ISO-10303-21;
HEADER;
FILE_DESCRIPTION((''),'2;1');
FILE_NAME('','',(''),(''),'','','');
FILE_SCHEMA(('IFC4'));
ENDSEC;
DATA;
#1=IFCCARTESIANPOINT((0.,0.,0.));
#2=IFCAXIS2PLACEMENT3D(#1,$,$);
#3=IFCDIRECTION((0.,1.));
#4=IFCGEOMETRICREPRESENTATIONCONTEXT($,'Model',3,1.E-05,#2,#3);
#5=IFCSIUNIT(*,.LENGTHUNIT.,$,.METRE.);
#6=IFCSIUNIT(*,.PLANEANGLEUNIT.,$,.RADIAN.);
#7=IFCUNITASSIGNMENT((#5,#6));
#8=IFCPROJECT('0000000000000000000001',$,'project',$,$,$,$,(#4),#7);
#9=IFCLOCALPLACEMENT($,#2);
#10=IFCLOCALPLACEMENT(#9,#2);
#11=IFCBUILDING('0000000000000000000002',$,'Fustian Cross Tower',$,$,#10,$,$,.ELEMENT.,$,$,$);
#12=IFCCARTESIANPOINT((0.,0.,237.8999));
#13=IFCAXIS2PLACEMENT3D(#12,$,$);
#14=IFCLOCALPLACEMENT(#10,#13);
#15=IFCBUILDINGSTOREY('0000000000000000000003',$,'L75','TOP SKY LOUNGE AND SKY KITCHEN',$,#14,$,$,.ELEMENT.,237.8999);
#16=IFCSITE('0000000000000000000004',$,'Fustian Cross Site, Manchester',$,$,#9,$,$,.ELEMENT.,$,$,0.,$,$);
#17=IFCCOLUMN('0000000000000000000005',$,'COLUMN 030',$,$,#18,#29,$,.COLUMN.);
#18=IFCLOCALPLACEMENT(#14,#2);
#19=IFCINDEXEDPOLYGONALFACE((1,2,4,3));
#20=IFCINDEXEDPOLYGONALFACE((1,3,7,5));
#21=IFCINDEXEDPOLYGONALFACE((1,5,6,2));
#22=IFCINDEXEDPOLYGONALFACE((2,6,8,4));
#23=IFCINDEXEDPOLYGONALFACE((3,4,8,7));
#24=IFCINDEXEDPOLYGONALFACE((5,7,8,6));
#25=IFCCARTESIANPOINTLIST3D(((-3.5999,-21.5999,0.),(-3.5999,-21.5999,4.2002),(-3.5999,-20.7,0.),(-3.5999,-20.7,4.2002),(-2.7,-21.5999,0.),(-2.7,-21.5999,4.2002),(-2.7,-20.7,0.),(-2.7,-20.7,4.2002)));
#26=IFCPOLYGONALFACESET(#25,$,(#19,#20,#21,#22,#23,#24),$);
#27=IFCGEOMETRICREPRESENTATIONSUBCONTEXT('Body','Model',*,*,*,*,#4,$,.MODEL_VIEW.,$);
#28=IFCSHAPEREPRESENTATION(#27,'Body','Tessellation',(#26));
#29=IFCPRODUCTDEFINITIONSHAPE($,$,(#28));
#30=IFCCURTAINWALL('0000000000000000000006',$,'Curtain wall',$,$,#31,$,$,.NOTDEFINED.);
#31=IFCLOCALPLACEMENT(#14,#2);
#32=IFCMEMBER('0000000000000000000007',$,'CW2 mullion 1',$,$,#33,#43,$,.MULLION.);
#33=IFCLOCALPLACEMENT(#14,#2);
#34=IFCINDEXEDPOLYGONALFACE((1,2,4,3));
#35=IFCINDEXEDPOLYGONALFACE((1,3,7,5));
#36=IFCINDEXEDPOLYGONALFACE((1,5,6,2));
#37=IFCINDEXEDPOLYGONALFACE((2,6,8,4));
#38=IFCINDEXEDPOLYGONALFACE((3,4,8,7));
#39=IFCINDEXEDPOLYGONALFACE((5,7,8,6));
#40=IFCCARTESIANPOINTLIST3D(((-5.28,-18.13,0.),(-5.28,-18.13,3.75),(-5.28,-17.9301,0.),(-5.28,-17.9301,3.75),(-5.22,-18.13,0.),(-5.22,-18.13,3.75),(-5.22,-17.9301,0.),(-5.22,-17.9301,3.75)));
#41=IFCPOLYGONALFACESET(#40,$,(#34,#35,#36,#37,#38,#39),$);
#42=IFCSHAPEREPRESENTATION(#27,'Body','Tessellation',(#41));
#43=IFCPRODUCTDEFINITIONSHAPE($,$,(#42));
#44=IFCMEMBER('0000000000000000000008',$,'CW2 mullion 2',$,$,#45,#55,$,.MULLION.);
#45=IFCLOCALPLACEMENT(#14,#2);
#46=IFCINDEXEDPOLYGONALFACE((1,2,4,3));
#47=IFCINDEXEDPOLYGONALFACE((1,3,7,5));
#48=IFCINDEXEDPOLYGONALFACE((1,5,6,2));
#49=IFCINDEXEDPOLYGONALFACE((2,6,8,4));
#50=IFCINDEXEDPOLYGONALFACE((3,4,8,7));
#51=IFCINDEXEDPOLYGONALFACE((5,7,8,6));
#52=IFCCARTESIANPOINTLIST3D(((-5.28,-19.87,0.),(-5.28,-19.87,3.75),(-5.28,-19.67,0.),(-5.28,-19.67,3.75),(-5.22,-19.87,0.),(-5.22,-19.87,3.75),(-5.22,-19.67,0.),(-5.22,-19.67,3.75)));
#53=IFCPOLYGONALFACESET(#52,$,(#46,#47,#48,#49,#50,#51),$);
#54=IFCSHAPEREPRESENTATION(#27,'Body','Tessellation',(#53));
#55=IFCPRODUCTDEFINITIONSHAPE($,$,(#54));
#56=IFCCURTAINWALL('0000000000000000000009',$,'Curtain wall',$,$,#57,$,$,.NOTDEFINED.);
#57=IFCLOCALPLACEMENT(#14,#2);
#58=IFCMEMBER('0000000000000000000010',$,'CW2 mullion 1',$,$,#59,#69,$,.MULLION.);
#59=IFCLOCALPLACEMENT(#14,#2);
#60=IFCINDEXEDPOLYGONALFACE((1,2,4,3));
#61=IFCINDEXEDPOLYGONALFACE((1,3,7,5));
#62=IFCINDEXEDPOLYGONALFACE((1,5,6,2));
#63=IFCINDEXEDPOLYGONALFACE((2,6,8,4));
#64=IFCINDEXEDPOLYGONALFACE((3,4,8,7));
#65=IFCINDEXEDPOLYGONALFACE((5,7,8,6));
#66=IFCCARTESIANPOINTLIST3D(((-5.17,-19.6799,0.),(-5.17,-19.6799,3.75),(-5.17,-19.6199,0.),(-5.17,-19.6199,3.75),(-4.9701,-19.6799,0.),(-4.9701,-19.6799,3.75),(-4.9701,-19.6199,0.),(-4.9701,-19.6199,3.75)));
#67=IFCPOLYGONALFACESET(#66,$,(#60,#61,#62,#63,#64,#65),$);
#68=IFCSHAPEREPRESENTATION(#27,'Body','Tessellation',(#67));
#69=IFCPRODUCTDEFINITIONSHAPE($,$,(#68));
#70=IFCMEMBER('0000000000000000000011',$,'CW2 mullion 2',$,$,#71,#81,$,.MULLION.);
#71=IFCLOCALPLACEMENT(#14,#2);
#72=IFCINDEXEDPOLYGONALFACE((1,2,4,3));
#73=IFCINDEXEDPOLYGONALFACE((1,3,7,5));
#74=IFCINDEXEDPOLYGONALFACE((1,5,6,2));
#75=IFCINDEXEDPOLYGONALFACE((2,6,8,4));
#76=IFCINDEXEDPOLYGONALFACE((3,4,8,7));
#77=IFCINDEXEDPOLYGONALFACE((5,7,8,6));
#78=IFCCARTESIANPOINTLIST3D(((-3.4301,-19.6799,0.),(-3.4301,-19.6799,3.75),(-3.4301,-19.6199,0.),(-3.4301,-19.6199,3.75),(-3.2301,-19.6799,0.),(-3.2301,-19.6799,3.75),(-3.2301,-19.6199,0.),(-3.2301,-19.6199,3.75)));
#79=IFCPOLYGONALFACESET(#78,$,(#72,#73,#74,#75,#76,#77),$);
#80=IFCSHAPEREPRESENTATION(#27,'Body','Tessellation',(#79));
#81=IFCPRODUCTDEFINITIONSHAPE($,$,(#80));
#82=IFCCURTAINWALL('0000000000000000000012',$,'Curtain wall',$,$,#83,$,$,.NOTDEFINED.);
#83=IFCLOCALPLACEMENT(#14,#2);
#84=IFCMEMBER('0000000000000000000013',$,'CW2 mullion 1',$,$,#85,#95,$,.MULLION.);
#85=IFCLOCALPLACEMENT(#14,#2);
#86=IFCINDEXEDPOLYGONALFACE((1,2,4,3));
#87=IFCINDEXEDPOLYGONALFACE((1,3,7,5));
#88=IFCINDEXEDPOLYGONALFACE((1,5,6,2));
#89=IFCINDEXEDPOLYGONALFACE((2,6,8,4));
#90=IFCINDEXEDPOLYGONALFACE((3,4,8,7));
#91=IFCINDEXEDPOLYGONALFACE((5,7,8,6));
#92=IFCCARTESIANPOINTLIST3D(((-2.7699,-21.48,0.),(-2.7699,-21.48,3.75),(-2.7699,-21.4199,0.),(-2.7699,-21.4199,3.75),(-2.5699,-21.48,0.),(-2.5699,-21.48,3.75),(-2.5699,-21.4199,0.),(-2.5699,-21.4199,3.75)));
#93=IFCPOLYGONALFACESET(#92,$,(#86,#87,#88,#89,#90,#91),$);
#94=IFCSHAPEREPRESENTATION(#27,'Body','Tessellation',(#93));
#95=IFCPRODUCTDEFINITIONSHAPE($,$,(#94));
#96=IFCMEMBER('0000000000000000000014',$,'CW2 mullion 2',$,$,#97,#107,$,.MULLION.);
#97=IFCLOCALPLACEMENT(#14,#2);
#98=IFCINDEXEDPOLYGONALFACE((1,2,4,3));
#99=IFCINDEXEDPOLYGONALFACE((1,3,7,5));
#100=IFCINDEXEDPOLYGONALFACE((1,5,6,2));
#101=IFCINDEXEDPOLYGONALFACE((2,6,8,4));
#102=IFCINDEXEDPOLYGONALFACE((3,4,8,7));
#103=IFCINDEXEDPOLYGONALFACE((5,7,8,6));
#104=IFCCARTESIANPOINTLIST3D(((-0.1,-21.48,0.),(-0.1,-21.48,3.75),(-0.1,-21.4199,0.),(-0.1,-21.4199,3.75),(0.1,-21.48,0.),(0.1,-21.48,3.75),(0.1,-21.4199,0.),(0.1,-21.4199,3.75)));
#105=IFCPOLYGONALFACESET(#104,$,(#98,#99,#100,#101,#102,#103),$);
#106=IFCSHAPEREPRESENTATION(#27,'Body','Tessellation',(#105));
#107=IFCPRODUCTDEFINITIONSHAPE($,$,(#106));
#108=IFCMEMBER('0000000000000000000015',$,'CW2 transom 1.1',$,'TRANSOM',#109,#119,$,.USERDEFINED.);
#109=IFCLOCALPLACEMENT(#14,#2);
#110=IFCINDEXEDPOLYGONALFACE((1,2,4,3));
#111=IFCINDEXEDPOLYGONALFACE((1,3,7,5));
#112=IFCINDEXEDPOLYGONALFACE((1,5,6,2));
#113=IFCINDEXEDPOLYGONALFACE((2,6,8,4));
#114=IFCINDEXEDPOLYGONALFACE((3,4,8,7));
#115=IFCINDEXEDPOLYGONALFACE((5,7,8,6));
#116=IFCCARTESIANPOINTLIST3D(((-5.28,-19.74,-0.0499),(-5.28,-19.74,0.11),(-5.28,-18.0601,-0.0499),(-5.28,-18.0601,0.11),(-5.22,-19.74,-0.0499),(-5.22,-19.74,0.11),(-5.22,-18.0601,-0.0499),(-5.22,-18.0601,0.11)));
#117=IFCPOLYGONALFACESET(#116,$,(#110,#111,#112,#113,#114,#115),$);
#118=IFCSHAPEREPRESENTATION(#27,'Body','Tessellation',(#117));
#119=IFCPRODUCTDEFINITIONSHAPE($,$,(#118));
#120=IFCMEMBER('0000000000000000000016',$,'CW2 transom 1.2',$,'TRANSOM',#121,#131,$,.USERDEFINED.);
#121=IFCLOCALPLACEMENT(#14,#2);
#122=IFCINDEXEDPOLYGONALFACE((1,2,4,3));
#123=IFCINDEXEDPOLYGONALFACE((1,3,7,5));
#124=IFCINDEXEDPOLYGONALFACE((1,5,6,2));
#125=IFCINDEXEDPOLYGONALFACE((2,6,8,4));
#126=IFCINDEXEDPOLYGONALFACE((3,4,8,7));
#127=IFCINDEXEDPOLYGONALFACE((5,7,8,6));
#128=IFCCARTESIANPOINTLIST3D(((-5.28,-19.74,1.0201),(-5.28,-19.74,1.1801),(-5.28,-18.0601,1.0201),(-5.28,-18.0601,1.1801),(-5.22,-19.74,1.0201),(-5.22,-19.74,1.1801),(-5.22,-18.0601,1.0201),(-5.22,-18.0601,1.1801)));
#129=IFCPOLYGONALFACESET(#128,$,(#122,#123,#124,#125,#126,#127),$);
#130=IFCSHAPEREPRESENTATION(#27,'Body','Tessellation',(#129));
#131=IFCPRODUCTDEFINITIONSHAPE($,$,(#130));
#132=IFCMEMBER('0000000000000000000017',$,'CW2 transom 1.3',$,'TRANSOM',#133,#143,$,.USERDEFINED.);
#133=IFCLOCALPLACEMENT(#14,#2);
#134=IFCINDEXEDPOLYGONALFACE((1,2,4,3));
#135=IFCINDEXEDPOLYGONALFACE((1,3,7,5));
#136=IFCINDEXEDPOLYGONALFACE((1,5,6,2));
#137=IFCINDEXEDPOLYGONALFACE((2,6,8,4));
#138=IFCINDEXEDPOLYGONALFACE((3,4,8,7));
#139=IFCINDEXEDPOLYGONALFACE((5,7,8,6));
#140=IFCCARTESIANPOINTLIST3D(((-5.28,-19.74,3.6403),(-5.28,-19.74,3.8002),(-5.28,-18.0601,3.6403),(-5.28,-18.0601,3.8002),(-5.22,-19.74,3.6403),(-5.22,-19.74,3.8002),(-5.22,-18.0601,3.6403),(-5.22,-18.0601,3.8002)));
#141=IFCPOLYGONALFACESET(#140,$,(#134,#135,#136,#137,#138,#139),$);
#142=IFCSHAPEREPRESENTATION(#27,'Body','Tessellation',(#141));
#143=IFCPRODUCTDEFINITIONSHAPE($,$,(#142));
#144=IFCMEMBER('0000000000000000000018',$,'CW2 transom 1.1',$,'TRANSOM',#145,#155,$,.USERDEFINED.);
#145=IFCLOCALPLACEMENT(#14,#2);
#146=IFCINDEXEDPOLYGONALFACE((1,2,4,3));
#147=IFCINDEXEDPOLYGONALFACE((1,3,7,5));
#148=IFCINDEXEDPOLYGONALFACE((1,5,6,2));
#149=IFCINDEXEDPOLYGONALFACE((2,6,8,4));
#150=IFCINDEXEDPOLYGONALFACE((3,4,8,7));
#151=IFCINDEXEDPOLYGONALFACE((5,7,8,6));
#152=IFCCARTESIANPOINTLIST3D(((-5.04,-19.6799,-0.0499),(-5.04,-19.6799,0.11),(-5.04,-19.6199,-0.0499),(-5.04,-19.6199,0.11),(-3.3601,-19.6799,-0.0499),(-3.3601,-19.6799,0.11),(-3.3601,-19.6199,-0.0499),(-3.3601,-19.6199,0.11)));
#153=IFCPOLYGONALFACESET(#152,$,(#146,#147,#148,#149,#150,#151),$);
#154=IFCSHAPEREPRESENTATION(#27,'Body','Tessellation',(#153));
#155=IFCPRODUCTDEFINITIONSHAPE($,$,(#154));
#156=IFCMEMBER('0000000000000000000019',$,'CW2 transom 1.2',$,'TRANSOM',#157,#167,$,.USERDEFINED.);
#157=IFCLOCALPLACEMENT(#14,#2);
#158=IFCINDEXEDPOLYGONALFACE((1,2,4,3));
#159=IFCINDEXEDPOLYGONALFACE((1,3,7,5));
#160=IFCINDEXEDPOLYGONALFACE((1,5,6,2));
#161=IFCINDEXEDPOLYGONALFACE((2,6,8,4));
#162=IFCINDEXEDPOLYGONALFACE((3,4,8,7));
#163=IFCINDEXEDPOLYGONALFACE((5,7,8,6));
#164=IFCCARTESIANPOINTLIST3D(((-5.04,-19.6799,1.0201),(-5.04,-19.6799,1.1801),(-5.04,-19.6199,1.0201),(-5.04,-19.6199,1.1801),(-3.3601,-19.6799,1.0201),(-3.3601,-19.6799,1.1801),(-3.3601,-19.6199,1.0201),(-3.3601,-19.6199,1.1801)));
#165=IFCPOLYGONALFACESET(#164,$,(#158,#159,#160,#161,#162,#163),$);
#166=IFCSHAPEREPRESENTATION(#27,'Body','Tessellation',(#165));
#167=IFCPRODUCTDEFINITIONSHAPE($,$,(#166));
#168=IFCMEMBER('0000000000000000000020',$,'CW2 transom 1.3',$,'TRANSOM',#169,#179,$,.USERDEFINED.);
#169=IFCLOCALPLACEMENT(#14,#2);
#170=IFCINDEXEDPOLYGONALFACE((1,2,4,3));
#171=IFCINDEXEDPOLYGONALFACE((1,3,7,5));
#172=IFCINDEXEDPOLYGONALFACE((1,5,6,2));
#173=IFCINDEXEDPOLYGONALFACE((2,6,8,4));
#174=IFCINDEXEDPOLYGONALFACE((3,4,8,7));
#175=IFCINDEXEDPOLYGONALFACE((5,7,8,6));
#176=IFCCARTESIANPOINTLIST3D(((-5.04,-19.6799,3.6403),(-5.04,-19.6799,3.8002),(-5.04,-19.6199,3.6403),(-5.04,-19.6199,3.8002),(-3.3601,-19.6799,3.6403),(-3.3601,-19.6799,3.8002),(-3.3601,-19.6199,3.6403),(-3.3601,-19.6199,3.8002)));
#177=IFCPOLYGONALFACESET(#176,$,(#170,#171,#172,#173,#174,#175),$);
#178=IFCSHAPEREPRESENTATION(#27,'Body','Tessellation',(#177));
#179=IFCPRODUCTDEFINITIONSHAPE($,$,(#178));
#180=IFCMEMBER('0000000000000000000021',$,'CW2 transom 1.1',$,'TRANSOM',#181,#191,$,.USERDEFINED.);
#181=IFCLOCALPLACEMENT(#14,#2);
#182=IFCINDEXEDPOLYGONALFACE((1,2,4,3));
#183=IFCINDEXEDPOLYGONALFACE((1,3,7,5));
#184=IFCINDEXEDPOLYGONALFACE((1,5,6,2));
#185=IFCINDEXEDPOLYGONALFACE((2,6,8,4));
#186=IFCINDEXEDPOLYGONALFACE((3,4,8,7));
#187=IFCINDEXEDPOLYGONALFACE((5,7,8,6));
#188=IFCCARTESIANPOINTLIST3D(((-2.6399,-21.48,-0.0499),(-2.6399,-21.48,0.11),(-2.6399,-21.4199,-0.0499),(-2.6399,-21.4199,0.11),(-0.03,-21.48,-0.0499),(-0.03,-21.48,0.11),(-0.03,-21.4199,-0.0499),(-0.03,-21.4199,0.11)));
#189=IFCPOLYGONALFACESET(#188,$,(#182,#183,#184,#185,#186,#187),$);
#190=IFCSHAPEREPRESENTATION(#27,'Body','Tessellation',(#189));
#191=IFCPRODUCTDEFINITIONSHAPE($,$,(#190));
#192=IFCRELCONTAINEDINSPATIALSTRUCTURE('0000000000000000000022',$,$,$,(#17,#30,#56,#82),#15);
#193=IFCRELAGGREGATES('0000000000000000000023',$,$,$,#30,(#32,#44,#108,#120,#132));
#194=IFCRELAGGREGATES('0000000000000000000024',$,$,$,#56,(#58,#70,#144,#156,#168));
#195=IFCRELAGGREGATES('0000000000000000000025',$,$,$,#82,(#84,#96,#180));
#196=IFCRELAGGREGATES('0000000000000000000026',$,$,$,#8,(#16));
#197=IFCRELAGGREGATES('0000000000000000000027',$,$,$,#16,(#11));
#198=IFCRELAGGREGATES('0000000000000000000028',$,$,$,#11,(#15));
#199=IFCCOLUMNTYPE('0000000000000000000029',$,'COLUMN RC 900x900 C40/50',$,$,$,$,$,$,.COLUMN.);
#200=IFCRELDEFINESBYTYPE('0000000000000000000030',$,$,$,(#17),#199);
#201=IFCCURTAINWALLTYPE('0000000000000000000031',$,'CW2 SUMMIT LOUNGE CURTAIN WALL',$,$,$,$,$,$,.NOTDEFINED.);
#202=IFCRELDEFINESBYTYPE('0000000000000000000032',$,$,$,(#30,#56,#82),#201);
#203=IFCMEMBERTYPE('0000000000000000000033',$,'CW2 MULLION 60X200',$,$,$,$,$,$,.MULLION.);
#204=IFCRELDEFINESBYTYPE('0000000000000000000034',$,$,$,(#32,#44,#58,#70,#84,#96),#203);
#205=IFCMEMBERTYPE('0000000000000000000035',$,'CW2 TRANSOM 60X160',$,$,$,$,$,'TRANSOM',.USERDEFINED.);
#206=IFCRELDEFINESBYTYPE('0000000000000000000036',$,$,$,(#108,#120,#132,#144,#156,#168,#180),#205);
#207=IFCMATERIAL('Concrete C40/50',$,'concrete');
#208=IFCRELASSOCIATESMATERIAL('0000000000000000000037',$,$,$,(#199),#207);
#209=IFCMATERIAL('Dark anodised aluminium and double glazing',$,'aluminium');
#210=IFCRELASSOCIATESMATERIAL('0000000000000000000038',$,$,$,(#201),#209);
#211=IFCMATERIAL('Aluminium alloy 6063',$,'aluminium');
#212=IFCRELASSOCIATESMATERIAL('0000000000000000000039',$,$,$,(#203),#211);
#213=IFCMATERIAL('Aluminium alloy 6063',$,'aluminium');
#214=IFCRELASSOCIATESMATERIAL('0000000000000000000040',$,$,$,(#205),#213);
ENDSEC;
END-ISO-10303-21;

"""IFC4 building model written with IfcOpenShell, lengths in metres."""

from ifc_helpers import new_model, si_unit, direction, frame, origin, origin_2d, place, context, subcontext, project, spatial, rectangle, extrude, material, material_profile, profile_set, type_object, element, aggregate, save


model = new_model("IFC4")

# Units and contexts
model_context = context("Model", 3, precision=1e-05, world=origin(), true_north=direction((0.0, 1.0)))
body_context = subcontext(model_context, "Body", "Model", "MODEL_VIEW")
ifc_project = project(units=[si_unit("LENGTHUNIT", "METRE"), si_unit("PLANEANGLEUNIT", "RADIAN")], contexts=[model_context])

# Site, building, storey
site_placement = place(None, origin())
site = spatial("IfcSite", under=ifc_project, at=site_placement, Name="Fustian Cross Site, Manchester", CompositionType="ELEMENT", RefElevation=0.0)
building_placement = place(site_placement, origin())
building = spatial("IfcBuilding", under=site, at=building_placement, Name="Fustian Cross Tower", CompositionType="ELEMENT")
storey_placement = place(building_placement, frame((0.0, 0.0, 237.8999)))
storey = spatial("IfcBuildingStorey", under=building, at=storey_placement, Name="L75", Description="TOP SKY LOUNGE AND SKY KITCHEN", CompositionType="ELEMENT", Elevation=237.8999)

# Column
ifc_material_1 = material(Name="Concrete C40/50", Category="concrete")
ifc_material_profile_1 = material_profile(ifc_material_1, rectangle(XDim=0.8999, YDim=0.8999, at=origin_2d()), Name="RC 900x900")
ifc_profile_set_1 = profile_set([ifc_material_profile_1], Name="Concrete C40/50")
column_type = type_object("IfcColumnType", Name="COLUMN RC 900x900 C40/50", PredefinedType="COLUMN", material=ifc_profile_set_1)
column_placement = place(storey_placement, frame((-3.1499, -21.1499, 0.0), z_axis=(0.0, 0.0, 1.0), x_axis=(1.0, 0.0, 0.0)))
element("IfcColumn", 1, at=column_placement, inside=storey, type_object=column_type, Name="COLUMN 030", PredefinedType="COLUMN", context=body_context, shape_type="SweptSolid", body=[
    extrude(rectangle(XDim=0.8999, YDim=0.8999, at=origin_2d()), origin(), (0.0, 0.0, 1.0), 4.2002),
])

# Curtain walls, members
ifc_material_2 = material(Name="Dark anodised aluminium and double glazing", Category="aluminium")
curtain_wall_type = type_object("IfcCurtainWallType", Name="CW2 SUMMIT LOUNGE CURTAIN WALL", PredefinedType="NOTDEFINED", material=ifc_material_2)
curtain_wall_1_placement = place(storey_placement, origin())
curtain_wall_1 = element("IfcCurtainWall", 2, at=curtain_wall_1_placement, inside=storey, type_object=curtain_wall_type, Name="Curtain wall", PredefinedType="NOTDEFINED")
ifc_material_3 = material(Name="Aluminium alloy 6063", Category="aluminium")
ifc_material_profile_2 = material_profile(ifc_material_3, rectangle(XDim=0.0601, YDim=0.2, at=origin_2d()), Name="CW2 MULLION 60X200")
ifc_profile_set_2 = profile_set([ifc_material_profile_2], Name="Aluminium alloy 6063")
member_type_1 = type_object("IfcMemberType", Name="CW2 MULLION 60X200", PredefinedType="MULLION", material=ifc_profile_set_2)
member_1_placement = place(storey_placement, frame((-5.25, -18.03, 0.0), z_axis=(0.0, 0.0, 1.0), x_axis=(1.0, 0.0, 0.0)))
member_1 = element("IfcMember", 3, at=member_1_placement, type_object=member_type_1, Name="CW2 mullion 1", PredefinedType="MULLION", context=body_context, shape_type="SweptSolid", body=[
    extrude(rectangle(XDim=0.0601, YDim=0.2, at=origin_2d()), origin(), (0.0, 0.0, 1.0), 3.75),
])
member_2_placement = place(storey_placement, frame((-5.25, -19.77, 0.0), z_axis=(0.0, 0.0, 1.0), x_axis=(1.0, 0.0, 0.0)))
member_2 = element("IfcMember", 4, at=member_2_placement, type_object=member_type_1, Name="CW2 mullion 2", PredefinedType="MULLION", context=body_context, shape_type="SweptSolid", body=[
    extrude(rectangle(XDim=0.0601, YDim=0.2, at=origin_2d()), origin(), (0.0, 0.0, 1.0), 3.75),
])
curtain_wall_2_placement = place(storey_placement, origin())
curtain_wall_2 = element("IfcCurtainWall", 5, at=curtain_wall_2_placement, inside=storey, type_object=curtain_wall_type, Name="Curtain wall", PredefinedType="NOTDEFINED")
member_3_placement = place(storey_placement, frame((-5.0701, -19.6499, 0.0), z_axis=(0.0, 0.0, 1.0), x_axis=(0.0, 1.0, 0.0)))
member_3 = element("IfcMember", 6, at=member_3_placement, type_object=member_type_1, Name="CW2 mullion 1", PredefinedType="MULLION", context=body_context, shape_type="SweptSolid", body=[
    extrude(rectangle(XDim=0.0601, YDim=0.2, at=origin_2d()), origin(), (0.0, 0.0, 1.0), 3.75),
])
member_4_placement = place(storey_placement, frame((-3.3301, -19.6499, 0.0), z_axis=(0.0, 0.0, 1.0), x_axis=(0.0, 1.0, 0.0)))
member_4 = element("IfcMember", 7, at=member_4_placement, type_object=member_type_1, Name="CW2 mullion 2", PredefinedType="MULLION", context=body_context, shape_type="SweptSolid", body=[
    extrude(rectangle(XDim=0.0601, YDim=0.2, at=origin_2d()), origin(), (0.0, 0.0, 1.0), 3.75),
])
curtain_wall_3_placement = place(storey_placement, origin())
curtain_wall_3 = element("IfcCurtainWall", 8, at=curtain_wall_3_placement, inside=storey, type_object=curtain_wall_type, Name="Curtain wall", PredefinedType="NOTDEFINED")
member_5_placement = place(storey_placement, frame((-2.6699, -21.45, 0.0), z_axis=(0.0, 0.0, 1.0), x_axis=(0.0, 1.0, 0.0)))
member_5 = element("IfcMember", 9, at=member_5_placement, type_object=member_type_1, Name="CW2 mullion 1", PredefinedType="MULLION", context=body_context, shape_type="SweptSolid", body=[
    extrude(rectangle(XDim=0.0601, YDim=0.2, at=origin_2d()), origin(), (0.0, 0.0, 1.0), 3.75),
])
member_6_placement = place(storey_placement, frame((0.0, -21.45, 0.0), z_axis=(0.0, 0.0, 1.0), x_axis=(0.0, 1.0, 0.0)))
member_6 = element("IfcMember", 10, at=member_6_placement, type_object=member_type_1, Name="CW2 mullion 2", PredefinedType="MULLION", context=body_context, shape_type="SweptSolid", body=[
    extrude(rectangle(XDim=0.0601, YDim=0.2, at=origin_2d()), origin(), (0.0, 0.0, 1.0), 3.75),
])

# Members
ifc_material_4 = material(Name="Aluminium alloy 6063", Category="aluminium")
ifc_material_profile_3 = material_profile(ifc_material_4, rectangle(XDim=0.0601, YDim=0.1599, at=origin_2d()), Name="CW2 TRANSOM 60X160")
ifc_profile_set_3 = profile_set([ifc_material_profile_3], Name="Aluminium alloy 6063")
member_type_2 = type_object("IfcMemberType", Name="CW2 TRANSOM 60X160", ElementType="TRANSOM", PredefinedType="USERDEFINED", material=ifc_profile_set_3)
member_7_placement = place(storey_placement, frame((-5.25, -18.0601, 0.03), z_axis=(0.0, -1.0, 0.0), x_axis=(1.0, 0.0, 0.0)))
member_7 = element("IfcMember", 11, at=member_7_placement, type_object=member_type_2, Name="CW2 transom 1.1", ObjectType="TRANSOM", PredefinedType="USERDEFINED", context=body_context, shape_type="SweptSolid", body=[
    extrude(rectangle(XDim=0.0601, YDim=0.1599, at=origin_2d()), origin(), (0.0, 0.0, 1.0), 1.6799),
])
member_8_placement = place(storey_placement, frame((-5.25, -18.0601, 1.1001), z_axis=(0.0, -1.0, 0.0), x_axis=(1.0, 0.0, 0.0)))
member_8 = element("IfcMember", 12, at=member_8_placement, type_object=member_type_2, Name="CW2 transom 1.2", ObjectType="TRANSOM", PredefinedType="USERDEFINED", context=body_context, shape_type="SweptSolid", body=[
    extrude(rectangle(XDim=0.0601, YDim=0.1599, at=origin_2d()), origin(), (0.0, 0.0, 1.0), 1.6799),
])
member_9_placement = place(storey_placement, frame((-5.25, -18.0601, 3.7202), z_axis=(0.0, -1.0, 0.0), x_axis=(1.0, 0.0, 0.0)))
member_9 = element("IfcMember", 13, at=member_9_placement, type_object=member_type_2, Name="CW2 transom 1.3", ObjectType="TRANSOM", PredefinedType="USERDEFINED", context=body_context, shape_type="SweptSolid", body=[
    extrude(rectangle(XDim=0.0601, YDim=0.1599, at=origin_2d()), origin(), (0.0, 0.0, 1.0), 1.6799),
])
member_10_placement = place(storey_placement, frame((-5.04, -19.6499, 0.03), z_axis=(1.0, 0.0, 0.0), x_axis=(0.0, 1.0, 0.0)))
member_10 = element("IfcMember", 14, at=member_10_placement, type_object=member_type_2, Name="CW2 transom 1.1", ObjectType="TRANSOM", PredefinedType="USERDEFINED", context=body_context, shape_type="SweptSolid", body=[
    extrude(rectangle(XDim=0.0601, YDim=0.1599, at=origin_2d()), origin(), (0.0, 0.0, 1.0), 1.6799),
])
member_11_placement = place(storey_placement, frame((-5.04, -19.6499, 1.1001), z_axis=(1.0, 0.0, 0.0), x_axis=(0.0, 1.0, 0.0)))
member_11 = element("IfcMember", 15, at=member_11_placement, type_object=member_type_2, Name="CW2 transom 1.2", ObjectType="TRANSOM", PredefinedType="USERDEFINED", context=body_context, shape_type="SweptSolid", body=[
    extrude(rectangle(XDim=0.0601, YDim=0.1599, at=origin_2d()), origin(), (0.0, 0.0, 1.0), 1.6799),
])
member_12_placement = place(storey_placement, frame((-5.04, -19.6499, 3.7202), z_axis=(1.0, 0.0, 0.0), x_axis=(0.0, 1.0, 0.0)))
member_12 = element("IfcMember", 16, at=member_12_placement, type_object=member_type_2, Name="CW2 transom 1.3", ObjectType="TRANSOM", PredefinedType="USERDEFINED", context=body_context, shape_type="SweptSolid", body=[
    extrude(rectangle(XDim=0.0601, YDim=0.1599, at=origin_2d()), origin(), (0.0, 0.0, 1.0), 1.6799),
])
member_13_placement = place(storey_placement, frame((-2.6399, -21.45, 0.03), z_axis=(1.0, 0.0, 0.0), x_axis=(0.0, 1.0, 0.0)))
member_13 = element("IfcMember", 17, at=member_13_placement, type_object=member_type_2, Name="CW2 transom 1.1", ObjectType="TRANSOM", PredefinedType="USERDEFINED", context=body_context, shape_type="SweptSolid", body=[
    extrude(rectangle(XDim=0.0601, YDim=0.1599, at=origin_2d()), origin(), (0.0, 0.0, 1.0), 2.6099),
])

aggregate(curtain_wall_1, [member_1, member_2, member_7, member_8, member_9])
aggregate(curtain_wall_2, [member_3, member_4, member_10, member_11, member_12])
aggregate(curtain_wall_3, [member_5, member_6, member_13])

save(model, "model.ifc")
